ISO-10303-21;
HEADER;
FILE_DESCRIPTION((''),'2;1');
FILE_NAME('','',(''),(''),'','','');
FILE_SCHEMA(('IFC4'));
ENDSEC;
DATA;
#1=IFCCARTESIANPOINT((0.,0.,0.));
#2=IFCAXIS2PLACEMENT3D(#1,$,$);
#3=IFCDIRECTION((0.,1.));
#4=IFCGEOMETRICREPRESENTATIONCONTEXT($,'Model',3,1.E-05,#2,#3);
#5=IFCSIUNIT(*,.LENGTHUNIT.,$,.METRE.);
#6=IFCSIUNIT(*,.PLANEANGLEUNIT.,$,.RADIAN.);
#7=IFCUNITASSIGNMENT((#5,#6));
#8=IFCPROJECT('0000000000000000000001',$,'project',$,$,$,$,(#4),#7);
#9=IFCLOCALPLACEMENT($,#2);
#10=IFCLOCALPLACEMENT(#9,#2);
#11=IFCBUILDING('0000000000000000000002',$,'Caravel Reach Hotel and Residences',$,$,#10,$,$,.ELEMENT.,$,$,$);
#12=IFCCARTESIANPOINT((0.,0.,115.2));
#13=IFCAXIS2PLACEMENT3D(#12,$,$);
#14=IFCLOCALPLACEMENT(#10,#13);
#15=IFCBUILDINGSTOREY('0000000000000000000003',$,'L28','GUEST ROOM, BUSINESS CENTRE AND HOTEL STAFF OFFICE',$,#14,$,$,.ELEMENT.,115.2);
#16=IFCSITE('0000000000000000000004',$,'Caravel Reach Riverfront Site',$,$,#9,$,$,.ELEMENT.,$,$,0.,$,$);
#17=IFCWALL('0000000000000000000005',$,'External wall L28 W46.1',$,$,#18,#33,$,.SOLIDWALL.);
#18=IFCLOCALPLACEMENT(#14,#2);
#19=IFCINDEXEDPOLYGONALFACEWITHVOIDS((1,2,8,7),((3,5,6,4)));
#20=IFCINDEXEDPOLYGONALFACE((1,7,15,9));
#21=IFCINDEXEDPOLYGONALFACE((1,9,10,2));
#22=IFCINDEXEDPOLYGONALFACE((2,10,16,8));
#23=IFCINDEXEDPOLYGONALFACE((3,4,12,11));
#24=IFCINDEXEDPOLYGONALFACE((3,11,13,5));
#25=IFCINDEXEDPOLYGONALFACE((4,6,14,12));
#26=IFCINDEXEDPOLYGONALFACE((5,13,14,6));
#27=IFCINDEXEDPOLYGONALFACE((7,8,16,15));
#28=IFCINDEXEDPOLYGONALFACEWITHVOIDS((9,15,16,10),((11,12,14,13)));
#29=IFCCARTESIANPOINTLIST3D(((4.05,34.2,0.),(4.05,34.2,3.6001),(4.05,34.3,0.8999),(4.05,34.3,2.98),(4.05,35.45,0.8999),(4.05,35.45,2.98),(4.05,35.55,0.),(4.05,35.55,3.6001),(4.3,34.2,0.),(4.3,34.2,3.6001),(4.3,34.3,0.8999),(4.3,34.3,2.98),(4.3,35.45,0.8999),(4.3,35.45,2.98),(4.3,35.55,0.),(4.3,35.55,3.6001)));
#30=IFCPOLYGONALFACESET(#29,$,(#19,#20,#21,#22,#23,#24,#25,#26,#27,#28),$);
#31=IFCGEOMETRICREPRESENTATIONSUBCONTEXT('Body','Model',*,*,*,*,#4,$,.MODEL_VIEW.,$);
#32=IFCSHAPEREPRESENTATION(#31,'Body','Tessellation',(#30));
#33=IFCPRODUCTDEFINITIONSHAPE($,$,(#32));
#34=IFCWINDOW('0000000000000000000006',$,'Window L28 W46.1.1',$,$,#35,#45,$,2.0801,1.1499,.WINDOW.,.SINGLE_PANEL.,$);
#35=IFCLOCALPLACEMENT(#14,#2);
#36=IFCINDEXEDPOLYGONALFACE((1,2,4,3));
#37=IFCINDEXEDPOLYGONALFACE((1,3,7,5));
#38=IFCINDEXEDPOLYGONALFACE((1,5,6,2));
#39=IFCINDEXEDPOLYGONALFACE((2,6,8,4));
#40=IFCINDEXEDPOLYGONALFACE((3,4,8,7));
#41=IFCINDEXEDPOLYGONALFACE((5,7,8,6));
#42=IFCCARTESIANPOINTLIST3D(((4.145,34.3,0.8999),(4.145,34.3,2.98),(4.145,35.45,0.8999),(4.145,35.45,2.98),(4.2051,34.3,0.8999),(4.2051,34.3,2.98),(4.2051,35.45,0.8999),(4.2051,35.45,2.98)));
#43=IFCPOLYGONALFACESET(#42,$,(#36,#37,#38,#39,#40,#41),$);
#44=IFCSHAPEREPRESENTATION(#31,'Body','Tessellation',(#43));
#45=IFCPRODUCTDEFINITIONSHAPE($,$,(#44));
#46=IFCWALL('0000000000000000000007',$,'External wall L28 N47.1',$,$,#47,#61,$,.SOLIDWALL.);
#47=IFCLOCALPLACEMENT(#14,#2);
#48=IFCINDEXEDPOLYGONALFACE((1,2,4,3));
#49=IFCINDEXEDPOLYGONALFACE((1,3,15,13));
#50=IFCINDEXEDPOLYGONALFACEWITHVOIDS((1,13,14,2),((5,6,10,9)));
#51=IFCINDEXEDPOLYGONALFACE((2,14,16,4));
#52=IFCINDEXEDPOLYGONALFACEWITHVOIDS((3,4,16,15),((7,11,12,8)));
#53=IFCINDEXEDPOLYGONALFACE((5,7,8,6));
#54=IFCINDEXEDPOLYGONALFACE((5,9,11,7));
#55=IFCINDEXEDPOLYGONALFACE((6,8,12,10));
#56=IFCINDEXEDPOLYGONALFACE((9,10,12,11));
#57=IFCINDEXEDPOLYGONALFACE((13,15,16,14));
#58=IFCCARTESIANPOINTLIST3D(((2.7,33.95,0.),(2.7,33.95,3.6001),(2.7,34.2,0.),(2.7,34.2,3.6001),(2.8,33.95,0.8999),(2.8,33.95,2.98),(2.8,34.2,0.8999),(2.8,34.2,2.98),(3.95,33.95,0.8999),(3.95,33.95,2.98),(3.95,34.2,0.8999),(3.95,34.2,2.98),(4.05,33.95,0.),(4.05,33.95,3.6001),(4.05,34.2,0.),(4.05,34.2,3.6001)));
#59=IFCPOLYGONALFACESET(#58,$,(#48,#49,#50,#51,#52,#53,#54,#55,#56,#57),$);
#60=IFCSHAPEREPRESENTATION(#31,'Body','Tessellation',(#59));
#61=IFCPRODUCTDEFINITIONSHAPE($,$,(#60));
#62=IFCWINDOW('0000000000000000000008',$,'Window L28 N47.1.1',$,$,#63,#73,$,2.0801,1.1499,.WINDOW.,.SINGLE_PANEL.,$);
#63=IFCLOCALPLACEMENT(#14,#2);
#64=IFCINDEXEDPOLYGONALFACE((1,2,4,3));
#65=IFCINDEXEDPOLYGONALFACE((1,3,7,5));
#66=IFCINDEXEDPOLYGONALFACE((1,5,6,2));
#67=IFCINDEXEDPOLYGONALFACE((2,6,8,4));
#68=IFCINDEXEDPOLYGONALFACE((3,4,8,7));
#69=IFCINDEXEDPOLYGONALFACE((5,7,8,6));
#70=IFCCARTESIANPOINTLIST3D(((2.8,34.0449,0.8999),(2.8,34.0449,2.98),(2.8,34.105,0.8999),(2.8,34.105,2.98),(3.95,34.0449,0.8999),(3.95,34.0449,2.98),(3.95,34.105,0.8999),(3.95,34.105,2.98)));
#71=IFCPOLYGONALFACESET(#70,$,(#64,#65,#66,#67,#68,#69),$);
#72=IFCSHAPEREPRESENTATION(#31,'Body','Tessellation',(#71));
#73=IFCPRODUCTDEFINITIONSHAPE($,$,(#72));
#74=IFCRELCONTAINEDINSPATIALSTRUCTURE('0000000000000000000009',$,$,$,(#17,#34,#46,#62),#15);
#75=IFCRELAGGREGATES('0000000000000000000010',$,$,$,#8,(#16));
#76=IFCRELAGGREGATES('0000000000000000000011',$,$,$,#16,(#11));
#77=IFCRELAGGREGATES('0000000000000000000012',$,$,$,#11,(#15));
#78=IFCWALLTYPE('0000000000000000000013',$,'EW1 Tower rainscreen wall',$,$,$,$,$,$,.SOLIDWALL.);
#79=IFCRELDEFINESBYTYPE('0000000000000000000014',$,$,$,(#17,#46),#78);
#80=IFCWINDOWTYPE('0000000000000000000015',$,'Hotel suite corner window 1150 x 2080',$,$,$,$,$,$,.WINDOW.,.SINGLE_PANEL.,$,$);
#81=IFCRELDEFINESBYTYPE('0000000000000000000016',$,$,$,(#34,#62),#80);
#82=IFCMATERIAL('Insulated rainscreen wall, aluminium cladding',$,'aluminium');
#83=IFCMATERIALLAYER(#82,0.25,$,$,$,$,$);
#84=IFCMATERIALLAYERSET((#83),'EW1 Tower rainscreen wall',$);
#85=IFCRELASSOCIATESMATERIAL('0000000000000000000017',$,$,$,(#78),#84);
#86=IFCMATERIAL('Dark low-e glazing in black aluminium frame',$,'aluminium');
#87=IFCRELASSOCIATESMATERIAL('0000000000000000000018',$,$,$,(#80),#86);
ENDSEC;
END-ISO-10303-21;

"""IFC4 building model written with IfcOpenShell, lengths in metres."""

from ifc_helpers import new_model, si_unit, direction, frame, frame_2d, origin, place, context, subcontext, project, spatial, rectangle, extrude, material, layer, layer_set, type_object, element, fill, save


model = new_model("IFC4")

# Units and contexts
model_context = context("Model", 3, precision=1e-05, world=origin(), true_north=direction((0.0, 1.0)))
body_context = subcontext(model_context, "Body", "Model", "MODEL_VIEW")
ifc_project = project(units=[si_unit("LENGTHUNIT", "METRE"), si_unit("PLANEANGLEUNIT", "RADIAN")], contexts=[model_context])

# Site, building, storey
site_placement = place(None, origin())
site = spatial("IfcSite", under=ifc_project, at=site_placement, Name="Caravel Reach Riverfront Site", CompositionType="ELEMENT", RefElevation=0.0)
building_placement = place(site_placement, origin())
building = spatial("IfcBuilding", under=site, at=building_placement, Name="Caravel Reach Hotel and Residences", CompositionType="ELEMENT")
storey_placement = place(building_placement, frame((0.0, 0.0, 115.2)))
storey = spatial("IfcBuildingStorey", under=building, at=storey_placement, Name="L28", Description="GUEST ROOM, BUSINESS CENTRE AND HOTEL STAFF OFFICE", CompositionType="ELEMENT", Elevation=115.2)

# Walls, openings, windows
ifc_material_1 = material(Name="Insulated rainscreen wall, aluminium cladding", Category="aluminium")
ifc_layer = layer(ifc_material_1, 0.25)
ifc_layer_set = layer_set([ifc_layer], Name="EW1 Tower rainscreen wall")
wall_type = type_object("IfcWallType", Name="EW1 Tower rainscreen wall", PredefinedType="SOLIDWALL", material=ifc_layer_set)
wall_1_placement = place(storey_placement, frame((4.175, 35.55, 0.0), z_axis=(0.0, 0.0, 1.0), x_axis=(0.0, -1.0, 0.0)))
wall_1 = element("IfcWall", 1, at=wall_1_placement, inside=storey, type_object=wall_type, Name="External wall L28 W46.1", PredefinedType="SOLIDWALL", context=body_context, shape_type="SweptSolid", body=[
    extrude(rectangle(XDim=1.3501, YDim=0.25, at=frame_2d((0.675, 0.0))), origin(), (0.0, 0.0, 1.0), 3.6001),
])
opening_1_placement = place(wall_1_placement, frame((0.1001, 0.0, 0.8999)))
opening_1 = element("IfcOpeningElement", 2, at=opening_1_placement, cuts=wall_1, PredefinedType="OPENING", context=body_context, shape_type="SweptSolid", body=[
    extrude(rectangle(XDim=1.1499, YDim=2.0801, at=frame_2d((0.575, 1.04))), frame((0.0, 0.135, 0.0), z_axis=(0.0, -1.0, 0.0), x_axis=(1.0, 0.0, 0.0)), (0.0, 0.0, 1.0), 0.27),
])
ifc_material_2 = material(Name="Dark low-e glazing in black aluminium frame", Category="aluminium")
window_type = type_object("IfcWindowType", Name="Hotel suite corner window 1150 x 2080", PartitioningType="SINGLE_PANEL", PredefinedType="WINDOW", material=ifc_material_2)
window_1_placement = place(opening_1_placement, origin())
window_1 = element("IfcWindow", 3, at=window_1_placement, inside=storey, type_object=window_type, Name="Window L28 W46.1.1", OverallHeight=2.0801, OverallWidth=1.1499, PartitioningType="SINGLE_PANEL", PredefinedType="WINDOW", context=body_context, shape_type="SweptSolid", body=[
    extrude(rectangle(XDim=1.1499, YDim=2.0801, at=frame_2d((0.575, 1.04))), frame((0.0, 0.03, 0.0), z_axis=(0.0, -1.0, 0.0), x_axis=(1.0, 0.0, 0.0)), (0.0, 0.0, 1.0), 0.0601),
])
fill(opening_1, window_1)
wall_2_placement = place(storey_placement, frame((4.05, 34.075, 0.0), z_axis=(0.0, 0.0, 1.0), x_axis=(-1.0, 0.0, 0.0)))
wall_2 = element("IfcWall", 4, at=wall_2_placement, inside=storey, type_object=wall_type, Name="External wall L28 N47.1", PredefinedType="SOLIDWALL", context=body_context, shape_type="SweptSolid", body=[
    extrude(rectangle(XDim=1.3501, YDim=0.25, at=frame_2d((0.675, 0.0))), origin(), (0.0, 0.0, 1.0), 3.6001),
])
opening_2_placement = place(wall_2_placement, frame((0.1001, 0.0, 0.8999)))
opening_2 = element("IfcOpeningElement", 5, at=opening_2_placement, cuts=wall_2, PredefinedType="OPENING", context=body_context, shape_type="SweptSolid", body=[
    extrude(rectangle(XDim=1.1499, YDim=2.0801, at=frame_2d((0.575, 1.04))), frame((0.0, 0.135, 0.0), z_axis=(0.0, -1.0, 0.0), x_axis=(1.0, 0.0, 0.0)), (0.0, 0.0, 1.0), 0.27),
])
window_2_placement = place(opening_2_placement, origin())
window_2 = element("IfcWindow", 6, at=window_2_placement, inside=storey, type_object=window_type, Name="Window L28 N47.1.1", OverallHeight=2.0801, OverallWidth=1.1499, PartitioningType="SINGLE_PANEL", PredefinedType="WINDOW", context=body_context, shape_type="SweptSolid", body=[
    extrude(rectangle(XDim=1.1499, YDim=2.0801, at=frame_2d((0.575, 1.04))), frame((0.0, 0.03, 0.0), z_axis=(0.0, -1.0, 0.0), x_axis=(1.0, 0.0, 0.0)), (0.0, 0.0, 1.0), 0.0601),
])
fill(opening_2, window_2)

save(model, "model.ifc")
